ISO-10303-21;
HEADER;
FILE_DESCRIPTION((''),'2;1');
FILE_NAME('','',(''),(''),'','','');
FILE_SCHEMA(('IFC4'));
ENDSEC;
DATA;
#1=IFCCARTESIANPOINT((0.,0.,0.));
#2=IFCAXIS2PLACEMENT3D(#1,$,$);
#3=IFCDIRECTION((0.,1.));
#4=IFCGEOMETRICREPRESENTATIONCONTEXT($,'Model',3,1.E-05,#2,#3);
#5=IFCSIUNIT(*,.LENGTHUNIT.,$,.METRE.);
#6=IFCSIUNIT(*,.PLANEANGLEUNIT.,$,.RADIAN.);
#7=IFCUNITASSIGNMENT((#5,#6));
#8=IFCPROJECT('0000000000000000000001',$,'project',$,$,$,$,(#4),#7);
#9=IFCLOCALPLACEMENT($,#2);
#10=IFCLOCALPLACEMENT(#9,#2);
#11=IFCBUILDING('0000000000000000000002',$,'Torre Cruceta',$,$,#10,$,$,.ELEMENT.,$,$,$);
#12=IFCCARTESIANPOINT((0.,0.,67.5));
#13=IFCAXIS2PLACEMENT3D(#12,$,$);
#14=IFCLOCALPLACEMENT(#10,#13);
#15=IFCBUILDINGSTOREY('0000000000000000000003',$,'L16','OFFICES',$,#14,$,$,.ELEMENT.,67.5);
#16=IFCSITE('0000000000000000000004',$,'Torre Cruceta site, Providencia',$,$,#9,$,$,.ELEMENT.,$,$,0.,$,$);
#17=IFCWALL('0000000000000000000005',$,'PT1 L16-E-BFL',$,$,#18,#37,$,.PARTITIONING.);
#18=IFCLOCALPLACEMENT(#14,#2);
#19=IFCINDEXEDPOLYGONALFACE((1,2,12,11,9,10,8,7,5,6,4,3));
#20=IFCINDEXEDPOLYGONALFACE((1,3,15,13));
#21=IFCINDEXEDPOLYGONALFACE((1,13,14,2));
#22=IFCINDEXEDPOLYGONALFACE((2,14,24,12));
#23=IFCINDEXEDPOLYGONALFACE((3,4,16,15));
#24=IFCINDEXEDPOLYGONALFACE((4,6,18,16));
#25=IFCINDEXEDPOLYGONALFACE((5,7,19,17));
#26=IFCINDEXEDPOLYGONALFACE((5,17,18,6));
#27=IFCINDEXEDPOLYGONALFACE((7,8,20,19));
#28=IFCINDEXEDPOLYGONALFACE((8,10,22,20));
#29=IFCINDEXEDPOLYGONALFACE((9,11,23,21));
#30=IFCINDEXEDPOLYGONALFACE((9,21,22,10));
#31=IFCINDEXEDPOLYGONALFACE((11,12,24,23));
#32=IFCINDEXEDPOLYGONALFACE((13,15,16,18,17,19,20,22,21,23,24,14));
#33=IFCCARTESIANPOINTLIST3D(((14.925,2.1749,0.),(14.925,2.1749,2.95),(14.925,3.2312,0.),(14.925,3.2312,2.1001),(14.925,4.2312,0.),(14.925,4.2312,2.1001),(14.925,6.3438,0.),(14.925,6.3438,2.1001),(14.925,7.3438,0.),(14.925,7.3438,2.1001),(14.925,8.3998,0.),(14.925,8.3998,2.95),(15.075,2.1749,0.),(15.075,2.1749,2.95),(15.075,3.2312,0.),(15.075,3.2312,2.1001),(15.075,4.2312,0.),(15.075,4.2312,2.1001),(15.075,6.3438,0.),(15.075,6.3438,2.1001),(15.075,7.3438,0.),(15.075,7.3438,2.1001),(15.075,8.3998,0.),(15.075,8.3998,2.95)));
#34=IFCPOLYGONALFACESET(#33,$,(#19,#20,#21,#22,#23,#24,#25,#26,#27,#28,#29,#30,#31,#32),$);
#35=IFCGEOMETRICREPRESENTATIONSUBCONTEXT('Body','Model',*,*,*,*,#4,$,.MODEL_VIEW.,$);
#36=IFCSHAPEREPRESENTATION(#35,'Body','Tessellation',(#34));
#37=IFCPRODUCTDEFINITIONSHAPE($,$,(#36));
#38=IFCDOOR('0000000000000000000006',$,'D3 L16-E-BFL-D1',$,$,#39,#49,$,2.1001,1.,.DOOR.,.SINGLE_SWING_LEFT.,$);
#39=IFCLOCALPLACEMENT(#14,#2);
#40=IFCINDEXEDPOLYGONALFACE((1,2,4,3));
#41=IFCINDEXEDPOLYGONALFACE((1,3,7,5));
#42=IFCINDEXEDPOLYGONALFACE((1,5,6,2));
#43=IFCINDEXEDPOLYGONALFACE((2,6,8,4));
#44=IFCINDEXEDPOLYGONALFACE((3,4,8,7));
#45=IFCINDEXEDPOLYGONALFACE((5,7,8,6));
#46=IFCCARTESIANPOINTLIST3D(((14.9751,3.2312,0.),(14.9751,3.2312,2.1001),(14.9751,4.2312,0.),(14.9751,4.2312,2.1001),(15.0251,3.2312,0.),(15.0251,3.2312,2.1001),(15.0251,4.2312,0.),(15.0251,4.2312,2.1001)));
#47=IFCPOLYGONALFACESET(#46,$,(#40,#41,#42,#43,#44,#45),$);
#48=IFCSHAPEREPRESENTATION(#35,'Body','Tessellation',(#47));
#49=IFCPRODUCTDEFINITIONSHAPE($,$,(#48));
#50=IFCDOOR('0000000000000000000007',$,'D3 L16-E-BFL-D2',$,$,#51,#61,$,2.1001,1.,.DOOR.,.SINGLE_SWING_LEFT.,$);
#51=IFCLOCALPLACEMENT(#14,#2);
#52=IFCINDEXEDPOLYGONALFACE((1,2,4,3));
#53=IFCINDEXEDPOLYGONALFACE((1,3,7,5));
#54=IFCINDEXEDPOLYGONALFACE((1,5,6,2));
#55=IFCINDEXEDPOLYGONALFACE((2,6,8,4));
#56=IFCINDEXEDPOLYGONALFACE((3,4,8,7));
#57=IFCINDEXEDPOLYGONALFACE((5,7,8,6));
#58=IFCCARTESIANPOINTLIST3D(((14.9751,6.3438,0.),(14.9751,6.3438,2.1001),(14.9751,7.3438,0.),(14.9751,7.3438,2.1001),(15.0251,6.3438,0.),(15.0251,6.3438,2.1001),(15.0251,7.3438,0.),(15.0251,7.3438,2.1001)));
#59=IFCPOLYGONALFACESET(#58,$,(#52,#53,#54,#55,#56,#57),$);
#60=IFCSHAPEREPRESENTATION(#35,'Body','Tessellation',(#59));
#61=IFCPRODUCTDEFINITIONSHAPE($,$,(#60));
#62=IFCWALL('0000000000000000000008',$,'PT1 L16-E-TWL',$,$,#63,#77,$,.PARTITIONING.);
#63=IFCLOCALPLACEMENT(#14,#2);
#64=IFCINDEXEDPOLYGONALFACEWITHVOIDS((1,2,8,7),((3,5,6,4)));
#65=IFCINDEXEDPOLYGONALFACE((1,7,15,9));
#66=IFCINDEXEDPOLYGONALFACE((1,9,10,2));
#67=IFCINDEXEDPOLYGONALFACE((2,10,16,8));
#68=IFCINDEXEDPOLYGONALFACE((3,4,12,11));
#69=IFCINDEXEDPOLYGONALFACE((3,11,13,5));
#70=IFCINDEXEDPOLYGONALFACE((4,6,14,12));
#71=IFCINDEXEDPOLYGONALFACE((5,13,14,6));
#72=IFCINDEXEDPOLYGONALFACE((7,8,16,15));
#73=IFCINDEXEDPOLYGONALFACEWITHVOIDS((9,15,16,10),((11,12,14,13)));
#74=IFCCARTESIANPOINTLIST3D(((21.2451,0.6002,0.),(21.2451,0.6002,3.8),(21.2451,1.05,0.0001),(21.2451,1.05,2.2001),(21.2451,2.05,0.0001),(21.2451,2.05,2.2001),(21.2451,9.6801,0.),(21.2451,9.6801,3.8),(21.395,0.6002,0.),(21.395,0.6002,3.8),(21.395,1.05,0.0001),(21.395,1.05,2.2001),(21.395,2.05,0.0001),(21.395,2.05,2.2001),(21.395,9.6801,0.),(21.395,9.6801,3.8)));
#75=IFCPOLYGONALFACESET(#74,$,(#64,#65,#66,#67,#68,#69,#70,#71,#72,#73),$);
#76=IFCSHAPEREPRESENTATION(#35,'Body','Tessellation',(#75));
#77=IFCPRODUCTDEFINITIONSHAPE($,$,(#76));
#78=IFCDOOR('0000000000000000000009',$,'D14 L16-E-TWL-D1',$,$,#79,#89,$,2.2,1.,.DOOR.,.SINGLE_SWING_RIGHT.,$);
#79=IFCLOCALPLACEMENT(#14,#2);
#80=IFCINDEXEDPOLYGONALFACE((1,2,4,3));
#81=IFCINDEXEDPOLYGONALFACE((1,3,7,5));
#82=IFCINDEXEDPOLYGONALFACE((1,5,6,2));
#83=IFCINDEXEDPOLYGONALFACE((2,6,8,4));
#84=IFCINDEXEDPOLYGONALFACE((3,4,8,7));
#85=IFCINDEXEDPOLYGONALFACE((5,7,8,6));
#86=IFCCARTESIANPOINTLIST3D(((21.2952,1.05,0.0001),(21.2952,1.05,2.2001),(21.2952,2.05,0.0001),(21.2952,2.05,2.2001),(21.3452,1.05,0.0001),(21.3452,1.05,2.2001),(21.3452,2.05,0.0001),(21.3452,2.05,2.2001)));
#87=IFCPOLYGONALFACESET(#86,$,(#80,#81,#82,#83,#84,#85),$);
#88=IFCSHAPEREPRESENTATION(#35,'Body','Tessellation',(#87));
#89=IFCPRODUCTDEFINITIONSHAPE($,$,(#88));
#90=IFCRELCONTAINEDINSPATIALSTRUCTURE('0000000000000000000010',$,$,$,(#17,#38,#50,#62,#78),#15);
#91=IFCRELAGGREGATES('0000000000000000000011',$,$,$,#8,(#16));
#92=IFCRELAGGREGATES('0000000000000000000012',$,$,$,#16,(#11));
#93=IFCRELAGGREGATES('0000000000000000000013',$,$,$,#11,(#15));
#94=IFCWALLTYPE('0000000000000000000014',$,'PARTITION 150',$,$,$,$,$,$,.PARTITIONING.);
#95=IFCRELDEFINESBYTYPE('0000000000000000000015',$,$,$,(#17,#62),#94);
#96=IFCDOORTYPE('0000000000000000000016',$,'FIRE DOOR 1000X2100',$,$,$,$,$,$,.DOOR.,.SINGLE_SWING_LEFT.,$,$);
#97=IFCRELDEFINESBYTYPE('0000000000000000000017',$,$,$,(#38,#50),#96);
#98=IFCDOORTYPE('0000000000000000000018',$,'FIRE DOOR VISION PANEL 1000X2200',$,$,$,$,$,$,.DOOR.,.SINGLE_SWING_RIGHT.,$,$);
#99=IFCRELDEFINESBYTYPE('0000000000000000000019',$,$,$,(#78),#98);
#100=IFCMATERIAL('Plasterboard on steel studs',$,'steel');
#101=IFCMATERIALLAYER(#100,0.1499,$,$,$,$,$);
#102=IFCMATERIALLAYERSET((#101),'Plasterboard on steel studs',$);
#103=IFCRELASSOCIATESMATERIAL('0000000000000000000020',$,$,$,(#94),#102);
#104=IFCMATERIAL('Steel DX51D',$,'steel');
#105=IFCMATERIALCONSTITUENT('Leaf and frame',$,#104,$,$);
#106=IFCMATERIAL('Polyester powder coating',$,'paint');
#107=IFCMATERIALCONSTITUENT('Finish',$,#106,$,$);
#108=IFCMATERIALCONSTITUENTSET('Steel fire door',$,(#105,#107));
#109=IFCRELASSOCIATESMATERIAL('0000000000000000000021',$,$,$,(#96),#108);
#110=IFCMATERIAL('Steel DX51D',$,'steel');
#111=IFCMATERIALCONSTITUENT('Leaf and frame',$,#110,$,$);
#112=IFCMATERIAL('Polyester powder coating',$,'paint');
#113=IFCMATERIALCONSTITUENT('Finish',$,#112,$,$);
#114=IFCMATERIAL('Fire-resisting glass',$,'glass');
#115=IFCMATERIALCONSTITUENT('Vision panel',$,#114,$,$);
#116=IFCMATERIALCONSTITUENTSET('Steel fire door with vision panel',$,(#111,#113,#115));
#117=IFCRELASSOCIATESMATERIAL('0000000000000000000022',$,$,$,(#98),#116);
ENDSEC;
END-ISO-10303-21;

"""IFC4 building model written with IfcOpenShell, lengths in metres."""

from ifc_helpers import new_model, si_unit, direction, frame, frame_2d, origin, place, context, subcontext, project, spatial, rectangle, extrude, material, layer, layer_set, constituent, constituent_set, type_object, element, fill, save


model = new_model("IFC4")

# Units and contexts
model_context = context("Model", 3, precision=1e-05, world=origin(), true_north=direction((0.0, 1.0)))
body_context = subcontext(model_context, "Body", "Model", "MODEL_VIEW")
ifc_project = project(units=[si_unit("LENGTHUNIT", "METRE"), si_unit("PLANEANGLEUNIT", "RADIAN")], contexts=[model_context])

# Site, building, storey
site_placement = place(None, origin())
site = spatial("IfcSite", under=ifc_project, at=site_placement, Name="Torre Cruceta site, Providencia", CompositionType="ELEMENT", RefElevation=0.0)
building_placement = place(site_placement, origin())
building = spatial("IfcBuilding", under=site, at=building_placement, Name="Torre Cruceta", CompositionType="ELEMENT")
storey_placement = place(building_placement, frame((0.0, 0.0, 67.5)))
storey = spatial("IfcBuildingStorey", under=building, at=storey_placement, Name="L16", Description="OFFICES", CompositionType="ELEMENT", Elevation=67.5)

# Wall, openings, doors
ifc_material_1 = material(Name="Plasterboard on steel studs", Category="steel")
ifc_layer_1 = layer(ifc_material_1, 0.1499)
ifc_layer_set_1 = layer_set([ifc_layer_1], Name="Plasterboard on steel studs")
wall_type_1 = type_object("IfcWallType", Name="PARTITION 150", PredefinedType="PARTITIONING", material=ifc_layer_set_1)
wall_1_placement = place(storey_placement, frame((15.0, 2.175, 0.0), z_axis=(0.0, 0.0, 1.0), x_axis=(0.0, 1.0, 0.0)))
wall_1 = element("IfcWall", 1, at=wall_1_placement, inside=storey, type_object=wall_type_1, Name="PT1 L16-E-BFL", PredefinedType="PARTITIONING", context=body_context, shape_type="SweptSolid", body=[
    extrude(rectangle(XDim=6.2249, YDim=0.1499, at=frame_2d((3.1123, 0.0))), origin(), (0.0, 0.0, 1.0), 2.95),
])
opening_1_placement = place(wall_1_placement, frame((1.0562, 0.0, 0.0)))
opening_1 = element("IfcOpeningElement", 2, at=opening_1_placement, cuts=wall_1, PredefinedType="OPENING", context=body_context, shape_type="SweptSolid", body=[
    extrude(rectangle(XDim=1.0, YDim=2.1001, at=frame_2d((0.5, 1.05))), frame((0.0, 0.085, 0.0), z_axis=(0.0, -1.0, 0.0), x_axis=(1.0, 0.0, 0.0)), (0.0, 0.0, 1.0), 0.1699),
])
opening_2_placement = place(wall_1_placement, frame((4.1687, 0.0, 0.0)))
opening_2 = element("IfcOpeningElement", 3, at=opening_2_placement, cuts=wall_1, PredefinedType="OPENING", context=body_context, shape_type="SweptSolid", body=[
    extrude(rectangle(XDim=1.0, YDim=2.1001, at=frame_2d((0.5, 1.05))), frame((0.0, 0.085, 0.0), z_axis=(0.0, -1.0, 0.0), x_axis=(1.0, 0.0, 0.0)), (0.0, 0.0, 1.0), 0.1699),
])
ifc_material_2 = material(Name="Steel DX51D", Category="steel")
ifc_constituent_1 = constituent(ifc_material_2, Name="Leaf and frame")
ifc_material_3 = material(Name="Polyester powder coating", Category="paint")
ifc_constituent_2 = constituent(ifc_material_3, Name="Finish")
ifc_constituent_set_1 = constituent_set(constituents=[ifc_constituent_1, ifc_constituent_2], Name="Steel fire door")
door_type_1 = type_object("IfcDoorType", Name="FIRE DOOR 1000X2100", OperationType="SINGLE_SWING_LEFT", PredefinedType="DOOR", material=ifc_constituent_set_1)
door_1_placement = place(opening_1_placement, origin())
door_1 = element("IfcDoor", 4, at=door_1_placement, inside=storey, type_object=door_type_1, Name="D3 L16-E-BFL-D1", OperationType="SINGLE_SWING_LEFT", OverallHeight=2.1001, OverallWidth=1.0, PredefinedType="DOOR", context=body_context, shape_type="SweptSolid", body=[
    extrude(rectangle(XDim=1.0, YDim=2.1001, at=frame_2d((0.5, 1.05))), frame((0.0, 0.0249, 0.0), z_axis=(0.0, -1.0, 0.0), x_axis=(1.0, 0.0, 0.0)), (0.0, 0.0, 1.0), 0.05),
])
fill(opening_1, door_1)
door_2_placement = place(opening_2_placement, origin())
door_2 = element("IfcDoor", 5, at=door_2_placement, inside=storey, type_object=door_type_1, Name="D3 L16-E-BFL-D2", OperationType="SINGLE_SWING_LEFT", OverallHeight=2.1001, OverallWidth=1.0, PredefinedType="DOOR", context=body_context, shape_type="SweptSolid", body=[
    extrude(rectangle(XDim=1.0, YDim=2.1001, at=frame_2d((0.5, 1.05))), frame((0.0, 0.0249, 0.0), z_axis=(0.0, -1.0, 0.0), x_axis=(1.0, 0.0, 0.0)), (0.0, 0.0, 1.0), 0.05),
])
fill(opening_2, door_2)

# Wall, opening, door
wall_2_placement = place(storey_placement, frame((21.3201, 0.6001, 0.0), z_axis=(0.0, 0.0, 1.0), x_axis=(0.0, 1.0, 0.0)))
wall_2 = element("IfcWall", 6, at=wall_2_placement, inside=storey, type_object=wall_type_1, Name="PT1 L16-E-TWL", PredefinedType="PARTITIONING", context=body_context, shape_type="SweptSolid", body=[
    extrude(rectangle(XDim=9.0798, YDim=0.1499, at=frame_2d((4.54, 0.0))), origin(), (0.0, 0.0, 1.0), 3.8),
])
opening_3_placement = place(wall_2_placement, frame((0.45, 0.0, 0.0)))
opening_3 = element("IfcOpeningElement", 7, at=opening_3_placement, cuts=wall_2, PredefinedType="OPENING", context=body_context, shape_type="SweptSolid", body=[
    extrude(rectangle(XDim=1.0, YDim=2.2, at=frame_2d((0.5, 1.1001))), frame((0.0, 0.085, 0.0), z_axis=(0.0, -1.0, 0.0), x_axis=(1.0, 0.0, 0.0)), (0.0, 0.0, 1.0), 0.1699),
])
ifc_material_4 = material(Name="Steel DX51D", Category="steel")
ifc_constituent_3 = constituent(ifc_material_4, Name="Leaf and frame")
ifc_material_5 = material(Name="Polyester powder coating", Category="paint")
ifc_constituent_4 = constituent(ifc_material_5, Name="Finish")
ifc_material_6 = material(Name="Fire-resisting glass", Category="glass")
ifc_constituent_5 = constituent(ifc_material_6, Name="Vision panel")
ifc_constituent_set_2 = constituent_set(constituents=[ifc_constituent_3, ifc_constituent_4, ifc_constituent_5], Name="Steel fire door with vision panel")
door_type_2 = type_object("IfcDoorType", Name="FIRE DOOR VISION PANEL 1000X2200", OperationType="SINGLE_SWING_RIGHT", PredefinedType="DOOR", material=ifc_constituent_set_2)
door_3_placement = place(opening_3_placement, frame((1.0, 0.0, 0.0), z_axis=(0.0, 0.0, 1.0), x_axis=(-1.0, 0.0, 0.0)))
door_3 = element("IfcDoor", 8, at=door_3_placement, inside=storey, type_object=door_type_2, Name="D14 L16-E-TWL-D1", OperationType="SINGLE_SWING_RIGHT", OverallHeight=2.2, OverallWidth=1.0, PredefinedType="DOOR", context=body_context, shape_type="SweptSolid", body=[
    extrude(rectangle(XDim=1.0, YDim=2.2, at=frame_2d((0.5, 1.1001))), frame((0.0, 0.0251, 0.0), z_axis=(0.0, -1.0, 0.0), x_axis=(1.0, 0.0, 0.0)), (0.0, 0.0, 1.0), 0.05),
])
fill(opening_3, door_3)

save(model, "model.ifc")
